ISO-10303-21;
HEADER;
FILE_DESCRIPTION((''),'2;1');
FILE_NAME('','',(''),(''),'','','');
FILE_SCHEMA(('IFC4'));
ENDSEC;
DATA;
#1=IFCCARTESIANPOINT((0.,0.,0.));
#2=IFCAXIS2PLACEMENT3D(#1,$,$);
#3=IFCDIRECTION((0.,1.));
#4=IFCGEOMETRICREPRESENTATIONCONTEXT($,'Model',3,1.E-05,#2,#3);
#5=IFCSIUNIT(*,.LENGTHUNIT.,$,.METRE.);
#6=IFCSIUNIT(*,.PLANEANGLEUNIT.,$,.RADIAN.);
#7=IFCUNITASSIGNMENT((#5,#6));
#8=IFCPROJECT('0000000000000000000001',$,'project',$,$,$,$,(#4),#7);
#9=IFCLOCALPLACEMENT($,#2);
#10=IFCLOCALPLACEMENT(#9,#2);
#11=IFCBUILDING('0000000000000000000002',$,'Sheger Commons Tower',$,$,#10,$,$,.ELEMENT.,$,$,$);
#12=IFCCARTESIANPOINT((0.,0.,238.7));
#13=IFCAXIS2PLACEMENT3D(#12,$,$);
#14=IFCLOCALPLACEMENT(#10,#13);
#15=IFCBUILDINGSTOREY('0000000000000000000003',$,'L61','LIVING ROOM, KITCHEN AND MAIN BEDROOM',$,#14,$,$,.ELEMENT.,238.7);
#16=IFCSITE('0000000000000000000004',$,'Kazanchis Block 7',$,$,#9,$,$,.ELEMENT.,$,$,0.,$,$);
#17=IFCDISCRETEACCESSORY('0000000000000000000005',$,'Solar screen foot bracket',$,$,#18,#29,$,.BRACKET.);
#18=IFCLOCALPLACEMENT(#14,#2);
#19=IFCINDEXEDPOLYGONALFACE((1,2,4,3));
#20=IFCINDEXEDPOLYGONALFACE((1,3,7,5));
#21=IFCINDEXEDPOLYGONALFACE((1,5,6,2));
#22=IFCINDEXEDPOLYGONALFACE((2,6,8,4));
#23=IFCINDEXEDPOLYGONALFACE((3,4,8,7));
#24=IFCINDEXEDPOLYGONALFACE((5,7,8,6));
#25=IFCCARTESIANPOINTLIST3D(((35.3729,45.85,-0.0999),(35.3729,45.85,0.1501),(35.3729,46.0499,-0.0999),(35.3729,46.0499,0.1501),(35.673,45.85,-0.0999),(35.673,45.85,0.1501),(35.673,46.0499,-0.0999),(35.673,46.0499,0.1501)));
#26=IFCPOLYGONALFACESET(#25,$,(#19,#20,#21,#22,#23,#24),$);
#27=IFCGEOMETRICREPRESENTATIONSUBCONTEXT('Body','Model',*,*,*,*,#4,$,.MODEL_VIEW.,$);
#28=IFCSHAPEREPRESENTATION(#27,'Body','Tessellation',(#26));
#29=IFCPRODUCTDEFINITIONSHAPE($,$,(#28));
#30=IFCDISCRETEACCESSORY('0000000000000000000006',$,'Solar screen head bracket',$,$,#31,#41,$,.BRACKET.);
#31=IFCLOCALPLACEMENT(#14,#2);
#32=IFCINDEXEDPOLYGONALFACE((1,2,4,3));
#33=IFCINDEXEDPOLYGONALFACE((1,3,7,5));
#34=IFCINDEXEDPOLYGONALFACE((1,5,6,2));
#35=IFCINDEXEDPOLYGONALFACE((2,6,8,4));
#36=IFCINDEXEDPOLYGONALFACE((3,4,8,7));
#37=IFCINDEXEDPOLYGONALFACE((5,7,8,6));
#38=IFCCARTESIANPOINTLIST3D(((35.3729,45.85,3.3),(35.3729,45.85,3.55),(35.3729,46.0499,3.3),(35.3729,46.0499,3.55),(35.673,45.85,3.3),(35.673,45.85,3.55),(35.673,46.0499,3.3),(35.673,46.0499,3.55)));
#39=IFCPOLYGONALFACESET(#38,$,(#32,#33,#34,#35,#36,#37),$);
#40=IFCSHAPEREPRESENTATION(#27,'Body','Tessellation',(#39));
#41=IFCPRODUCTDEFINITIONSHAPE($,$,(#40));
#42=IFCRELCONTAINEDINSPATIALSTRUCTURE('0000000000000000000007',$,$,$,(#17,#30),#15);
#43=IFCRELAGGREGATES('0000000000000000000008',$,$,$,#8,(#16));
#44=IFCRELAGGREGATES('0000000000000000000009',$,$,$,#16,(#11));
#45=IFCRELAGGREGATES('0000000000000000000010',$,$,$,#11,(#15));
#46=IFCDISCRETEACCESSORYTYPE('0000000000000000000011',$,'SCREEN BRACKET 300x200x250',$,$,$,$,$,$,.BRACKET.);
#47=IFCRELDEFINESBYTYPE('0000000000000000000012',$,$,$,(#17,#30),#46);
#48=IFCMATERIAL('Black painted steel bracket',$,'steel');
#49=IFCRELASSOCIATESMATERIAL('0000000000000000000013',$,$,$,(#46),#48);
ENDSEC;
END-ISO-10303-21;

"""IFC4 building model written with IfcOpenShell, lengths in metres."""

from ifc_helpers import new_model, si_unit, direction, frame, origin, origin_2d, place, context, subcontext, project, spatial, rectangle, extrude, material, type_object, element, save


model = new_model("IFC4")

# Units and contexts
model_context = context("Model", 3, precision=1e-05, world=origin(), true_north=direction((0.0, 1.0)))
body_context = subcontext(model_context, "Body", "Model", "MODEL_VIEW")
ifc_project = project(units=[si_unit("LENGTHUNIT", "METRE"), si_unit("PLANEANGLEUNIT", "RADIAN")], contexts=[model_context])

# Site, building, storey
site_placement = place(None, origin())
site = spatial("IfcSite", under=ifc_project, at=site_placement, Name="Kazanchis Block 7", CompositionType="ELEMENT", RefElevation=0.0)
building_placement = place(site_placement, origin())
building = spatial("IfcBuilding", under=site, at=building_placement, Name="Sheger Commons Tower", CompositionType="ELEMENT")
storey_placement = place(building_placement, frame((0.0, 0.0, 238.7)))
storey = spatial("IfcBuildingStorey", under=building, at=storey_placement, Name="L61", Description="LIVING ROOM, KITCHEN AND MAIN BEDROOM", CompositionType="ELEMENT", Elevation=238.7)

# Discrete accessories
ifc_material_1 = material(Name="Black painted steel bracket", Category="steel")
discrete_accessory_type = type_object("IfcDiscreteAccessoryType", Name="SCREEN BRACKET 300x200x250", PredefinedType="BRACKET", material=ifc_material_1)
for number, where, z_axis, x_axis, name in (
    (1, (35.5229, 45.95, -0.0999), (0.0, 0.0, 1.0), (-1.0, 0.0, 0.0), "Solar screen foot bracket"),
    (2, (35.5229, 45.95, 3.3), (0.0, 0.0, 1.0), (-1.0, 0.0, 0.0), "Solar screen head bracket"),
):
    element("IfcDiscreteAccessory", number, at=place(storey_placement, frame(where, z_axis=z_axis, x_axis=x_axis)), inside=storey, type_object=discrete_accessory_type, Name=name, PredefinedType="BRACKET", context=body_context, shape_type="SweptSolid", body=[
        extrude(rectangle(XDim=0.3, YDim=0.2, at=origin_2d()), origin(), (0.0, 0.0, 1.0), 0.25),
    ])

save(model, "model.ifc")
